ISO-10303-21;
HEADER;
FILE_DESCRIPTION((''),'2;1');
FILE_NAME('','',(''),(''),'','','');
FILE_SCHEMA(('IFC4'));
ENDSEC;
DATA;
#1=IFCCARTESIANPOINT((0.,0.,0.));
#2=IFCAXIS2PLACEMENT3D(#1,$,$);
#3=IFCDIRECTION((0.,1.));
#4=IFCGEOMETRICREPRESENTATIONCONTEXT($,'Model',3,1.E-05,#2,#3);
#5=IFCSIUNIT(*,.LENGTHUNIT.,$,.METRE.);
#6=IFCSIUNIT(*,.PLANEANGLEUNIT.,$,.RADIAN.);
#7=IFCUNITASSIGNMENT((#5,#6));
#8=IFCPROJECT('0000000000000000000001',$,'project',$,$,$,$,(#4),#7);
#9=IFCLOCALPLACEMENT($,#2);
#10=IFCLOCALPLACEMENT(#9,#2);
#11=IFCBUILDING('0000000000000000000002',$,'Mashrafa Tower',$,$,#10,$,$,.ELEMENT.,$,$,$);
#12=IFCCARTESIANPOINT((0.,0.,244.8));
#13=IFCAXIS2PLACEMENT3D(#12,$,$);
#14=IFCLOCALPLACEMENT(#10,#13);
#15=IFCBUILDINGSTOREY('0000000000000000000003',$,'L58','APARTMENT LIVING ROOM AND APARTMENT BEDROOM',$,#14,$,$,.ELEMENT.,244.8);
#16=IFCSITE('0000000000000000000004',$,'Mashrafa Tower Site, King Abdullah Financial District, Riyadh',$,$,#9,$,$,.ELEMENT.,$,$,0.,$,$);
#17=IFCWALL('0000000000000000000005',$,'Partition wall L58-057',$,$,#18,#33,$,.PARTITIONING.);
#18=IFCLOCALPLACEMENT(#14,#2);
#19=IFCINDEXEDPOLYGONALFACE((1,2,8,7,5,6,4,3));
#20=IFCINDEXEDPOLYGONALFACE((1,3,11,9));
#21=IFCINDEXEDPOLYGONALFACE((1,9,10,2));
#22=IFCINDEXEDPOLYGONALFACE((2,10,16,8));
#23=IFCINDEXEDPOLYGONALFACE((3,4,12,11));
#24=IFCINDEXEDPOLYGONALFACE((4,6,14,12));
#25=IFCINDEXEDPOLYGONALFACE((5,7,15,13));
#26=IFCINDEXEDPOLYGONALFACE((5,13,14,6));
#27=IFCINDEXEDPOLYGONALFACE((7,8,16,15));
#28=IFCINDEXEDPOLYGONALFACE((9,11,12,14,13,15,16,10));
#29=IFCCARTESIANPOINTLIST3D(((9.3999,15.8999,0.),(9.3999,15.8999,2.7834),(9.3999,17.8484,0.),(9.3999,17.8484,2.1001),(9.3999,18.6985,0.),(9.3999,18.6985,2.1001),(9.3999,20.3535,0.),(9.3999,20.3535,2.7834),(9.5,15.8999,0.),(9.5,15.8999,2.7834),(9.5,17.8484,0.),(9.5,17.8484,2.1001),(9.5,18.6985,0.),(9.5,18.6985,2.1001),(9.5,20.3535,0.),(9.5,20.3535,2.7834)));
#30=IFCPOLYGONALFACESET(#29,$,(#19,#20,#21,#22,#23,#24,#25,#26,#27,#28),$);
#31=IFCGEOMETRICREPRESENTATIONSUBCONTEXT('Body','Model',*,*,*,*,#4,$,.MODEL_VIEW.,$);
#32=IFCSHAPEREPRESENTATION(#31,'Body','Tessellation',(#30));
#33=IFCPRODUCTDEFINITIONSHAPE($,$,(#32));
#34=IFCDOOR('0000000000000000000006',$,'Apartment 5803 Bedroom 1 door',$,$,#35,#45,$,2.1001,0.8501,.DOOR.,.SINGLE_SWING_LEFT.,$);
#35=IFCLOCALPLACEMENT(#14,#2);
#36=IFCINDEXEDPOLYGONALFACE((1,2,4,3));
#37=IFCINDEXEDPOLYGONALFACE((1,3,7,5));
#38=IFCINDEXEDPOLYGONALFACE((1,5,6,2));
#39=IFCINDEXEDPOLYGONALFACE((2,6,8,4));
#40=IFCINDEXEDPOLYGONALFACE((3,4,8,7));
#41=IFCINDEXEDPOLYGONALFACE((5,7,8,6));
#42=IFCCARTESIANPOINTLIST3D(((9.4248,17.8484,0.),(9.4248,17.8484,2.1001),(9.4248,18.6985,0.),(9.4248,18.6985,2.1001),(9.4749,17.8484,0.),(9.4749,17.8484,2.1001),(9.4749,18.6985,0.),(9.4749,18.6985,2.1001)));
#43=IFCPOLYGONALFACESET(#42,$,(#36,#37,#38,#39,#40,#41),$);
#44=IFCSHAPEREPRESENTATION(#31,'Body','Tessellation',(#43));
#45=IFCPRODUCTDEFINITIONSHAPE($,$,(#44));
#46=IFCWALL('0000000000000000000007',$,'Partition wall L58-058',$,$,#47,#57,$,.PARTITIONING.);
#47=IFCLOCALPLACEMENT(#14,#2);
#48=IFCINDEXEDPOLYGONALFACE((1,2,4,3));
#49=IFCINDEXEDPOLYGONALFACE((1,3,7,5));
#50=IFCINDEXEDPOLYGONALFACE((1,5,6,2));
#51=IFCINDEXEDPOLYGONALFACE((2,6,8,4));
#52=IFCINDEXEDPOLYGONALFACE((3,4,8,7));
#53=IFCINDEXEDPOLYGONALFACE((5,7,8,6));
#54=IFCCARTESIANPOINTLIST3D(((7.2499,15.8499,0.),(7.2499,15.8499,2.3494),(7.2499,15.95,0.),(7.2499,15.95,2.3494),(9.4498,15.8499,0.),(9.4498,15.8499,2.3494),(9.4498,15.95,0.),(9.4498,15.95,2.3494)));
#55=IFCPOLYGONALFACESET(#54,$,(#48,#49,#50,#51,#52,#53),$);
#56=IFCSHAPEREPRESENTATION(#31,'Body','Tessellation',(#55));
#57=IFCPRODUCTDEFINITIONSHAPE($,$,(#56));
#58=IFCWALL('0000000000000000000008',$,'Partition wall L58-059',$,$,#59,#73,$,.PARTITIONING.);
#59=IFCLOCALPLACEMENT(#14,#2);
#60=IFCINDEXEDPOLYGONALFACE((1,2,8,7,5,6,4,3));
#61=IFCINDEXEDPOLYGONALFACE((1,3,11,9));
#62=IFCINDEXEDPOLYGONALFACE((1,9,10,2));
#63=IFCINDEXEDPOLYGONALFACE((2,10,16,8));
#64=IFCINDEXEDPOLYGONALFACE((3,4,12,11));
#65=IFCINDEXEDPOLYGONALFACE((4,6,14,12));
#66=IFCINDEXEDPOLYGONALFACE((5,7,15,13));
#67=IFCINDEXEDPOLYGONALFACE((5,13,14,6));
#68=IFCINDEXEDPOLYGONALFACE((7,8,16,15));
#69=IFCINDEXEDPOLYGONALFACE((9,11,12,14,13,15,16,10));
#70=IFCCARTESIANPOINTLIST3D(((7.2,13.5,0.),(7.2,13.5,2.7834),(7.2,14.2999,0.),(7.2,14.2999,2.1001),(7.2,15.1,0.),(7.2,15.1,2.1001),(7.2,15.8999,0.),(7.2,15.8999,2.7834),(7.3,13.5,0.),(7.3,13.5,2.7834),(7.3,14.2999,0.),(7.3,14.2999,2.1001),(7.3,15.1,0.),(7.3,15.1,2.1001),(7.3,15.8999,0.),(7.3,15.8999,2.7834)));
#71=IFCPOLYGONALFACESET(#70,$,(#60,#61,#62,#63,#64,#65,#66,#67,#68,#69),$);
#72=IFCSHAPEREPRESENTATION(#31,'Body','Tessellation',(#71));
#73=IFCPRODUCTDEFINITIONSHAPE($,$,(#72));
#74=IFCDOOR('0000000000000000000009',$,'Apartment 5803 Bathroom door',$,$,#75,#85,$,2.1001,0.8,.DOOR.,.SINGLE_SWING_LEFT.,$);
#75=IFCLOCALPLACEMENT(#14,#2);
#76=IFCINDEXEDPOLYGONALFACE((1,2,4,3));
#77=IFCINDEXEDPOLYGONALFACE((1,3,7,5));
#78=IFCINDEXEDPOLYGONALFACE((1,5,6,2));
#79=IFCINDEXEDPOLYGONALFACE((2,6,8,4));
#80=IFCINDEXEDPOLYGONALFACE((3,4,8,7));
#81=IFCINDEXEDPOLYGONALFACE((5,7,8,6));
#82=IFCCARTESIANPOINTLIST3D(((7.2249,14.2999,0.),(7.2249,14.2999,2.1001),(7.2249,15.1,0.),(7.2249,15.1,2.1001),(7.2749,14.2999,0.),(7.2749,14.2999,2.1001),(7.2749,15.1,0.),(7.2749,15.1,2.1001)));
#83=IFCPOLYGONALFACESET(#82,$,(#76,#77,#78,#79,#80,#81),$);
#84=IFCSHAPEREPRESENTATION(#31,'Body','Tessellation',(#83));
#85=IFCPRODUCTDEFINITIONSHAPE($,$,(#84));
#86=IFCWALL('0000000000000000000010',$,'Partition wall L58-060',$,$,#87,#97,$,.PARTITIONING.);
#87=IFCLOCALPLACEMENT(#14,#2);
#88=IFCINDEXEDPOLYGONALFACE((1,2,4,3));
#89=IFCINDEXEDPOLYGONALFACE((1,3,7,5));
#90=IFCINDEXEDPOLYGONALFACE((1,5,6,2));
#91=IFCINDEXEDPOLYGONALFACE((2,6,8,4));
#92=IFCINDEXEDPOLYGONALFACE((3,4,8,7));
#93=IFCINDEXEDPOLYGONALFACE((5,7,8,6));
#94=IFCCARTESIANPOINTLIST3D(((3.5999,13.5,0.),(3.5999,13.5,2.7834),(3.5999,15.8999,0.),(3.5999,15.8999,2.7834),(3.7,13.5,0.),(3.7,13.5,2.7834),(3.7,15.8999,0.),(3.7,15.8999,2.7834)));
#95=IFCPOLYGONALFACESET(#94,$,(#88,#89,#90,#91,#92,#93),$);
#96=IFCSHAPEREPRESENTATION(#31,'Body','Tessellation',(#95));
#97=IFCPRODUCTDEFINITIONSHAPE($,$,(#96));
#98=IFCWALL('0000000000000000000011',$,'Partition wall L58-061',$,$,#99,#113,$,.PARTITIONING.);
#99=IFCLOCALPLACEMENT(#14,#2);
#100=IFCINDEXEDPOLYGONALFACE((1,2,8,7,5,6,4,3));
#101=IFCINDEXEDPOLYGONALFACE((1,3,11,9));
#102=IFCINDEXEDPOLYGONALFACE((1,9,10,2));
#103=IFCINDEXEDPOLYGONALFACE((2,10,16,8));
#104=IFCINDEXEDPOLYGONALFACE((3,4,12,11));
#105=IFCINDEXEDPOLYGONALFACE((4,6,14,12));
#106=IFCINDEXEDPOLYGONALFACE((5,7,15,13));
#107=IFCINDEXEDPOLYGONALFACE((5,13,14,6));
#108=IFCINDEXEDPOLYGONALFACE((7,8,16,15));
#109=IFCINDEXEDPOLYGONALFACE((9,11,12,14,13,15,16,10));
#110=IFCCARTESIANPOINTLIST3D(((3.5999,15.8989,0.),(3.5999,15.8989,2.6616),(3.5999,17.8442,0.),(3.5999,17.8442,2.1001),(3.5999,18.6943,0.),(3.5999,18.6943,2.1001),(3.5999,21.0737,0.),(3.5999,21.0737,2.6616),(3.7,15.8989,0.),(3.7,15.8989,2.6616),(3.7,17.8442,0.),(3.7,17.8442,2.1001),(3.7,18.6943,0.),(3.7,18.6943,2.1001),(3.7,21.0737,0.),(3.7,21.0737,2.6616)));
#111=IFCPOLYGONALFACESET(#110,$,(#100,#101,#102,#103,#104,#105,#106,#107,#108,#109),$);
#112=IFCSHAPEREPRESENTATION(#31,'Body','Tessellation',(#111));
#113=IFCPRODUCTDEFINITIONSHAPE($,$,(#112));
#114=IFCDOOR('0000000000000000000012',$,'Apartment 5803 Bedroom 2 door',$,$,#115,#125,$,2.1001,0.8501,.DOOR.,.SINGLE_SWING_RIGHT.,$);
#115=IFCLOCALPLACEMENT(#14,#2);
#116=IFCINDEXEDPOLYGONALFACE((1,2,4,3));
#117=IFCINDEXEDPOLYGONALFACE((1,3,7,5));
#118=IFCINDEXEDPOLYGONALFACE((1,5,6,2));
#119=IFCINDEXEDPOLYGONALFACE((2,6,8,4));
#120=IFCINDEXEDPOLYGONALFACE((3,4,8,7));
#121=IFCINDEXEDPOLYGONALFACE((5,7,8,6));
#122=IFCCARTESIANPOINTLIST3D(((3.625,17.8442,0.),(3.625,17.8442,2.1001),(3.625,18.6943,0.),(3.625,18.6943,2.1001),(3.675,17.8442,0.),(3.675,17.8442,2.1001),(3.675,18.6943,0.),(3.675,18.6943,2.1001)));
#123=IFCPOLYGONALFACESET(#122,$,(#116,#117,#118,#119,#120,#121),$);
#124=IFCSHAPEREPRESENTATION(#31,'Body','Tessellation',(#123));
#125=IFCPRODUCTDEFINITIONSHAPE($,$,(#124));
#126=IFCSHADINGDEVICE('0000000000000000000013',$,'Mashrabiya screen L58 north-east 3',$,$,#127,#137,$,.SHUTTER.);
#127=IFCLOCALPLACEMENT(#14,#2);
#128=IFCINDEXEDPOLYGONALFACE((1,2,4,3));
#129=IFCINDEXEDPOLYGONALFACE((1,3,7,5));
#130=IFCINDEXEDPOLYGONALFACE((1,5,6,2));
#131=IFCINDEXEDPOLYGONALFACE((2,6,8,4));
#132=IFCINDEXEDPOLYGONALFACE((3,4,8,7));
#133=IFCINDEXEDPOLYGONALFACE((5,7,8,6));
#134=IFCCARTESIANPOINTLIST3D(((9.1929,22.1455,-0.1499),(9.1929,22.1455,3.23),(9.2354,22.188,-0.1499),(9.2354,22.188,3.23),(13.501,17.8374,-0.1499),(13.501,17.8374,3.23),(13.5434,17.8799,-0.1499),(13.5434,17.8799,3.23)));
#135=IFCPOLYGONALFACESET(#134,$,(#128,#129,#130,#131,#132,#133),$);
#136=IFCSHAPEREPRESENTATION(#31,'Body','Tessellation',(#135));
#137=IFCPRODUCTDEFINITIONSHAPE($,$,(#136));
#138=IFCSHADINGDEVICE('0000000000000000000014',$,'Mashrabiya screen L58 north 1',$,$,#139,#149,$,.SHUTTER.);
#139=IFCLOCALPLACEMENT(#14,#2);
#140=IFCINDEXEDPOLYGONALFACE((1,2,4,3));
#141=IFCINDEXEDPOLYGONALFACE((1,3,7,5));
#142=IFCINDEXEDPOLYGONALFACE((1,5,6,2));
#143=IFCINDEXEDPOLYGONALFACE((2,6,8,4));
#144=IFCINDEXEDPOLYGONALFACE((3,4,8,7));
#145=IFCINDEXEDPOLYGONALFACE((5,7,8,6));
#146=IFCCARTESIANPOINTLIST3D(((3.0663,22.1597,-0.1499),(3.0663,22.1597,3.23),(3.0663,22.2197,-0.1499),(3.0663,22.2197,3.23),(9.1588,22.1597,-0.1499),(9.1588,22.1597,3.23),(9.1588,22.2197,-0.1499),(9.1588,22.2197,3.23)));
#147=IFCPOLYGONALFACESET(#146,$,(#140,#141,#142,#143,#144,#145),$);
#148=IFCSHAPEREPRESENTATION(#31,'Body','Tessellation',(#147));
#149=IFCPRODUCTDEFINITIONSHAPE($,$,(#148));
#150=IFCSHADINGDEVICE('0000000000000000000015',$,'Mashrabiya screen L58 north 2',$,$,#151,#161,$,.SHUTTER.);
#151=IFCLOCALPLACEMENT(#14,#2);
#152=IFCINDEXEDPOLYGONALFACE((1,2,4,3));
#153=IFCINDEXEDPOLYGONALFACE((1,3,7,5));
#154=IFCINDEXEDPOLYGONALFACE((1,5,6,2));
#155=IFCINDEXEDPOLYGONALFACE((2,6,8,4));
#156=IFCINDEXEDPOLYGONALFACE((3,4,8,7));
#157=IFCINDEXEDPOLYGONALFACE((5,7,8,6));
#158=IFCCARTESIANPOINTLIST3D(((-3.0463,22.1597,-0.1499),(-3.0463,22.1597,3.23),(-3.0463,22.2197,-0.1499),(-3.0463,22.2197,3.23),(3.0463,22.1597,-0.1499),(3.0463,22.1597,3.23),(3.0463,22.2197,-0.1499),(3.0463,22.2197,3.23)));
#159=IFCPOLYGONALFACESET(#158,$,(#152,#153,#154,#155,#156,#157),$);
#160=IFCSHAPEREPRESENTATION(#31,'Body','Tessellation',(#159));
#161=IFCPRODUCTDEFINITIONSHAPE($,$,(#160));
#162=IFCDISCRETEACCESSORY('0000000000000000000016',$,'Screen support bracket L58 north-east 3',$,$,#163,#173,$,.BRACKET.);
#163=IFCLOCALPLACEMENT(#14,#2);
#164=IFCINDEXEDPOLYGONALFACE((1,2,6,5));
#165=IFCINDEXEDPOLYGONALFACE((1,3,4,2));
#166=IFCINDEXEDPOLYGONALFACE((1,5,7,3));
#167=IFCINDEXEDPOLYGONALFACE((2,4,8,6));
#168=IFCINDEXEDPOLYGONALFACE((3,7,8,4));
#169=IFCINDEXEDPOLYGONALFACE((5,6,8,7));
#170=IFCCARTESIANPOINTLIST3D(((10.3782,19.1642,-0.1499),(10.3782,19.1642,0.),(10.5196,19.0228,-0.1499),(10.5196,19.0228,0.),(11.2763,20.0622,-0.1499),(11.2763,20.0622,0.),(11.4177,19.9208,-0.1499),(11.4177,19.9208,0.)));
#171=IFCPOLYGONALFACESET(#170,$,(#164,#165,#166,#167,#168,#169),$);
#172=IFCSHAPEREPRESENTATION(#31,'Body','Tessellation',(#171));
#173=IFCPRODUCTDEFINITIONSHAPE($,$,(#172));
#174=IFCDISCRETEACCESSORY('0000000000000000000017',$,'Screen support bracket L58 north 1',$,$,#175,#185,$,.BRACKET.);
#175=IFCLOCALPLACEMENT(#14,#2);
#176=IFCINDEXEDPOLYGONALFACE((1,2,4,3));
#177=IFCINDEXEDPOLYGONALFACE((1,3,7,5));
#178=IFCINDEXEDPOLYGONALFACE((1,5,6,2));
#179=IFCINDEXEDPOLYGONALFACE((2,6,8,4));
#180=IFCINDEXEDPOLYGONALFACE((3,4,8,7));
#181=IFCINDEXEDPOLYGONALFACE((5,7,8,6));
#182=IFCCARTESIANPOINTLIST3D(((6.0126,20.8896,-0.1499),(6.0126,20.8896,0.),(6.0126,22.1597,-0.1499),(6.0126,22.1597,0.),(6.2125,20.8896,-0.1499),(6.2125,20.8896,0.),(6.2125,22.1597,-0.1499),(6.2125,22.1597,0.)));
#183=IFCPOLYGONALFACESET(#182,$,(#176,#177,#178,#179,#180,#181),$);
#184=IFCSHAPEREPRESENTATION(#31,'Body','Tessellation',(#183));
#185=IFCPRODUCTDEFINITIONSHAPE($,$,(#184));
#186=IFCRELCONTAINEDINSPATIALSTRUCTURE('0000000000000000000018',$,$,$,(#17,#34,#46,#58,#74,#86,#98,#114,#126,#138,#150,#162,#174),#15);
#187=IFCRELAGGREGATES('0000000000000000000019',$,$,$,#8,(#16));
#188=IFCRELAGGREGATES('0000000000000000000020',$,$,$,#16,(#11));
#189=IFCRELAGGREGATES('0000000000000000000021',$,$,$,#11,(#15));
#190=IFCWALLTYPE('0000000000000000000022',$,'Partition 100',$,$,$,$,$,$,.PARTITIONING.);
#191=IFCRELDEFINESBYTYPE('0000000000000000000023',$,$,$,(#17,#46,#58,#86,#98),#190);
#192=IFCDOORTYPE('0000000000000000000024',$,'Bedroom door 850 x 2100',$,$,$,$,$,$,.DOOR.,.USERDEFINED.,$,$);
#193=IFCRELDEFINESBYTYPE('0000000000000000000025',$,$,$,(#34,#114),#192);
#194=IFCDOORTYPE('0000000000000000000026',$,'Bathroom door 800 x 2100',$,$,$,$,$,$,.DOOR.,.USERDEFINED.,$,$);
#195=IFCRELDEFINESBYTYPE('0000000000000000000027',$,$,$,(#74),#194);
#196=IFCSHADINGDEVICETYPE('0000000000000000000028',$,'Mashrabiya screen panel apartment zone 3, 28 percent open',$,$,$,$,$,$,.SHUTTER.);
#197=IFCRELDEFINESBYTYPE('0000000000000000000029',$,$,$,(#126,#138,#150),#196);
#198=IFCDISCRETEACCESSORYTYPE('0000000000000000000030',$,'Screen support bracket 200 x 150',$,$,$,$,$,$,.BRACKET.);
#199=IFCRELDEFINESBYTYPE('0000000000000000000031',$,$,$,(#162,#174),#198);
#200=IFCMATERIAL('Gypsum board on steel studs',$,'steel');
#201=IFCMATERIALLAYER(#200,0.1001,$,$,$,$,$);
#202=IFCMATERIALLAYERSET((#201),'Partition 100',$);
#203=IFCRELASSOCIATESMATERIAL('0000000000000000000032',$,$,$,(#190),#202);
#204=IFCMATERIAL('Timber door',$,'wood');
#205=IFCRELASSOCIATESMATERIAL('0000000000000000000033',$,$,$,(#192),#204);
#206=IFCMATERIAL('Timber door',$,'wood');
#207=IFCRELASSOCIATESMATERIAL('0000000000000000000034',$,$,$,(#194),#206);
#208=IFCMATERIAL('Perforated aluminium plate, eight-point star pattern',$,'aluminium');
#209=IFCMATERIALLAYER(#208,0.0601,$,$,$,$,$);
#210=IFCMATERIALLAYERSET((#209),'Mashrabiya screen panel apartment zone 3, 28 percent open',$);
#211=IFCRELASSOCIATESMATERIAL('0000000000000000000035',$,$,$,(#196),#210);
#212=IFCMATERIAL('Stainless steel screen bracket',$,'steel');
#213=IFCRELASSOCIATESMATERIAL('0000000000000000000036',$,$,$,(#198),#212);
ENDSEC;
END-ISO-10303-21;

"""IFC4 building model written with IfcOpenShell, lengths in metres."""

from ifc_helpers import new_model, si_unit, direction, frame, frame_2d, origin, origin_2d, place, context, subcontext, project, spatial, rectangle, extrude, source, transform, mapped, material, layer, layer_set, type_object, type_shapes, element, fill, save


model = new_model("IFC4")

# Units and contexts
model_context = context("Model", 3, precision=1e-05, world=origin(), true_north=direction((0.0, 1.0)))
body_context = subcontext(model_context, "Body", "Model", "MODEL_VIEW")
ifc_project = project(units=[si_unit("LENGTHUNIT", "METRE"), si_unit("PLANEANGLEUNIT", "RADIAN")], contexts=[model_context])

# Site, building, storey
site_placement = place(None, origin())
site = spatial("IfcSite", under=ifc_project, at=site_placement, Name="Mashrafa Tower Site, King Abdullah Financial District, Riyadh", CompositionType="ELEMENT", RefElevation=0.0)
building_placement = place(site_placement, origin())
building = spatial("IfcBuilding", under=site, at=building_placement, Name="Mashrafa Tower", CompositionType="ELEMENT")
storey_placement = place(building_placement, frame((0.0, 0.0, 244.8)))
storey = spatial("IfcBuildingStorey", under=building, at=storey_placement, Name="L58", Description="APARTMENT LIVING ROOM AND APARTMENT BEDROOM", CompositionType="ELEMENT", Elevation=244.8)

# Shared definitions
ifc_material_1 = material(Name="Gypsum board on steel studs", Category="steel")
ifc_layer_1 = layer(ifc_material_1, 0.1001)
ifc_layer_set_1 = layer_set([ifc_layer_1], Name="Partition 100")
wall_type_1 = type_object("IfcWallType", Name="Partition 100", PredefinedType="PARTITIONING", material=ifc_layer_set_1)

# Wall, opening, door
wall_1_placement = place(storey_placement, frame((9.45, 20.3535, 0.0), z_axis=(0.0, 0.0, 1.0), x_axis=(0.0, -1.0, 0.0)))
wall_1 = element("IfcWall", 1, at=wall_1_placement, inside=storey, type_object=wall_type_1, Name="Partition wall L58-057", PredefinedType="PARTITIONING", context=body_context, shape_type="SweptSolid", body=[
    extrude(rectangle(XDim=4.4536, YDim=0.1001, at=frame_2d((2.2268, 0.0))), origin(), (0.0, 0.0, 1.0), 2.7834),
])
opening_1_placement = place(wall_1_placement, frame((1.655, 0.0, 0.0)))
opening_1 = element("IfcOpeningElement", 2, at=opening_1_placement, cuts=wall_1, PredefinedType="OPENING", context=body_context, shape_type="SweptSolid", body=[
    extrude(rectangle(XDim=0.8501, YDim=2.1001, at=frame_2d((0.425, 1.05))), frame((0.0, 0.0601, 0.0), z_axis=(0.0, -1.0, 0.0), x_axis=(1.0, 0.0, 0.0)), (0.0, 0.0, 1.0), 0.1201),
])
ifc_material_2 = material(Name="Timber door", Category="wood")
door_type_1 = type_object("IfcDoorType", Name="Bedroom door 850 x 2100", OperationType="USERDEFINED", PredefinedType="DOOR", material=ifc_material_2)
door_1_placement = place(opening_1_placement, origin())
door_1 = element("IfcDoor", 3, at=door_1_placement, inside=storey, type_object=door_type_1, Name="Apartment 5803 Bedroom 1 door", OperationType="SINGLE_SWING_LEFT", OverallHeight=2.1001, OverallWidth=0.8501, PredefinedType="DOOR", context=body_context, shape_type="SweptSolid", body=[
    extrude(rectangle(XDim=0.8501, YDim=2.1001, at=frame_2d((0.425, 1.05))), frame((0.0, 0.0249, 0.0), z_axis=(0.0, -1.0, 0.0), x_axis=(1.0, 0.0, 0.0)), (0.0, 0.0, 1.0), 0.05),
])
fill(opening_1, door_1)

# Wall
wall_2_placement = place(storey_placement, frame((9.45, 15.8999, 0.0), z_axis=(0.0, 0.0, 1.0), x_axis=(-1.0, 0.0, 0.0)))
element("IfcWall", 4, at=wall_2_placement, inside=storey, type_object=wall_type_1, Name="Partition wall L58-058", PredefinedType="PARTITIONING", context=body_context, shape_type="SweptSolid", body=[
    extrude(rectangle(XDim=2.2, YDim=0.1001, at=frame_2d((1.1001, 0.0))), origin(), (0.0, 0.0, 1.0), 2.3494),
])

# Wall, opening, door
wall_3_placement = place(storey_placement, frame((7.25, 15.8999, 0.0), z_axis=(0.0, 0.0, 1.0), x_axis=(0.0, -1.0, 0.0)))
wall_3 = element("IfcWall", 5, at=wall_3_placement, inside=storey, type_object=wall_type_1, Name="Partition wall L58-059", PredefinedType="PARTITIONING", context=body_context, shape_type="SweptSolid", body=[
    extrude(rectangle(XDim=2.3999, YDim=0.1001, at=frame_2d((1.2, 0.0))), origin(), (0.0, 0.0, 1.0), 2.7834),
])
opening_2_placement = place(wall_3_placement, frame((0.8, 0.0, 0.0)))
opening_2 = element("IfcOpeningElement", 6, at=opening_2_placement, cuts=wall_3, PredefinedType="OPENING", context=body_context, shape_type="SweptSolid", body=[
    extrude(rectangle(XDim=0.8, YDim=2.1001, at=frame_2d((0.3999, 1.05))), frame((0.0, 0.0601, 0.0), z_axis=(0.0, -1.0, 0.0), x_axis=(1.0, 0.0, 0.0)), (0.0, 0.0, 1.0), 0.1201),
])
ifc_material_3 = material(Name="Timber door", Category="wood")
door_type_2 = type_object("IfcDoorType", Name="Bathroom door 800 x 2100", OperationType="USERDEFINED", PredefinedType="DOOR", material=ifc_material_3)
door_2_placement = place(opening_2_placement, origin())
door_2 = element("IfcDoor", 7, at=door_2_placement, inside=storey, type_object=door_type_2, Name="Apartment 5803 Bathroom door", OperationType="SINGLE_SWING_LEFT", OverallHeight=2.1001, OverallWidth=0.8, PredefinedType="DOOR", context=body_context, shape_type="SweptSolid", body=[
    extrude(rectangle(XDim=0.8, YDim=2.1001, at=frame_2d((0.3999, 1.05))), frame((0.0, 0.0249, 0.0), z_axis=(0.0, -1.0, 0.0), x_axis=(1.0, 0.0, 0.0)), (0.0, 0.0, 1.0), 0.05),
])
fill(opening_2, door_2)

# Wall
wall_4_placement = place(storey_placement, frame((3.6499, 15.8999, 0.0), z_axis=(0.0, 0.0, 1.0), x_axis=(0.0, -1.0, 0.0)))
element("IfcWall", 8, at=wall_4_placement, inside=storey, type_object=wall_type_1, Name="Partition wall L58-060", PredefinedType="PARTITIONING", context=body_context, shape_type="SweptSolid", body=[
    extrude(rectangle(XDim=2.3999, YDim=0.1001, at=frame_2d((1.2, 0.0))), origin(), (0.0, 0.0, 1.0), 2.7834),
])

# Wall, opening, door
wall_5_placement = place(storey_placement, frame((3.6499, 15.8989, 0.0), z_axis=(0.0, 0.0, 1.0), x_axis=(0.0, 1.0, 0.0)))
wall_5 = element("IfcWall", 9, at=wall_5_placement, inside=storey, type_object=wall_type_1, Name="Partition wall L58-061", PredefinedType="PARTITIONING", context=body_context, shape_type="SweptSolid", body=[
    extrude(rectangle(XDim=5.1748, YDim=0.1001, at=frame_2d((2.5874, 0.0))), origin(), (0.0, 0.0, 1.0), 2.6616),
])
opening_3_placement = place(wall_5_placement, frame((1.9453, 0.0, 0.0)))
opening_3 = element("IfcOpeningElement", 10, at=opening_3_placement, cuts=wall_5, PredefinedType="OPENING", context=body_context, shape_type="SweptSolid", body=[
    extrude(rectangle(XDim=0.8501, YDim=2.1001, at=frame_2d((0.425, 1.05))), frame((0.0, 0.0601, 0.0), z_axis=(0.0, -1.0, 0.0), x_axis=(1.0, 0.0, 0.0)), (0.0, 0.0, 1.0), 0.1201),
])
door_3_placement = place(opening_3_placement, origin())
door_3 = element("IfcDoor", 11, at=door_3_placement, inside=storey, type_object=door_type_1, Name="Apartment 5803 Bedroom 2 door", OperationType="SINGLE_SWING_RIGHT", OverallHeight=2.1001, OverallWidth=0.8501, PredefinedType="DOOR", context=body_context, shape_type="SweptSolid", body=[
    extrude(rectangle(XDim=0.8501, YDim=2.1001, at=frame_2d((0.425, 1.05))), frame((0.0, 0.0249, 0.0), z_axis=(0.0, -1.0, 0.0), x_axis=(1.0, 0.0, 0.0)), (0.0, 0.0, 1.0), 0.05),
])
fill(opening_3, door_3)

# Shading devices
ifc_material_4 = material(Name="Perforated aluminium plate, eight-point star pattern", Category="aluminium")
ifc_layer_2 = layer(ifc_material_4, 0.0601)
ifc_layer_set_2 = layer_set([ifc_layer_2], Name="Mashrabiya screen panel apartment zone 3, 28 percent open")
shading_device_type = type_object("IfcShadingDeviceType", Name="Mashrabiya screen panel apartment zone 3, 28 percent open", PredefinedType="SHUTTER", material=ifc_layer_set_2)
shared_shape_1 = source(origin(), body_context, "Body", "SweptSolid", [
    extrude(rectangle(XDim=6.0925, YDim=0.0601, at=origin_2d()), origin(), (0.0, 0.0, 1.0), 3.3799),
])
type_shapes(shading_device_type, [shared_shape_1])
for number, where, z_axis, x_axis, name in (
    (12, (11.3682, 20.0127, -0.1499), (0.0, 0.0, 1.0), (-0.707107, 0.707107, 0.0), "Mashrabiya screen L58 north-east 3"),
    (13, (6.1125, 22.1897, -0.1499), (0.0, 0.0, 1.0), (-1.0, 0.0, 0.0), "Mashrabiya screen L58 north 1"),
    (14, (0.0, 22.1897, -0.1499), (0.0, 0.0, 1.0), (-1.0, 0.0, 0.0), "Mashrabiya screen L58 north 2"),
):
    element("IfcShadingDevice", number, at=place(storey_placement, frame(where, z_axis=z_axis, x_axis=x_axis)), inside=storey, type_object=shading_device_type, Name=name, PredefinedType="SHUTTER", context=body_context, shape_type="MappedRepresentation", body=[
        mapped(shared_shape_1, transform((0.0, 0.0, 0.0))),
    ])

# Discrete accessories
ifc_material_5 = material(Name="Stainless steel screen bracket", Category="steel")
discrete_accessory_type = type_object("IfcDiscreteAccessoryType", Name="Screen support bracket 200 x 150", PredefinedType="BRACKET", material=ifc_material_5)
shared_shape_2 = source(origin(), body_context, "Body", "SweptSolid", [
    extrude(rectangle(XDim=0.2, YDim=1.27, at=origin_2d()), origin(), (0.0, 0.0, 1.0), 0.1499),
])
type_shapes(discrete_accessory_type, [shared_shape_2])
for number, where, z_axis, x_axis, name in (
    (15, (10.8979, 19.5425, -0.1499), (0.0, 0.0, 1.0), (-0.707107, 0.707107, 0.0), "Screen support bracket L58 north-east 3"),
    (16, (6.1125, 21.5247, -0.1499), (0.0, 0.0, 1.0), (-1.0, 0.0, 0.0), "Screen support bracket L58 north 1"),
):
    element("IfcDiscreteAccessory", number, at=place(storey_placement, frame(where, z_axis=z_axis, x_axis=x_axis)), inside=storey, type_object=discrete_accessory_type, Name=name, PredefinedType="BRACKET", context=body_context, shape_type="MappedRepresentation", body=[
        mapped(shared_shape_2, transform((0.0, 0.0, 0.0))),
    ])

save(model, "model.ifc")
